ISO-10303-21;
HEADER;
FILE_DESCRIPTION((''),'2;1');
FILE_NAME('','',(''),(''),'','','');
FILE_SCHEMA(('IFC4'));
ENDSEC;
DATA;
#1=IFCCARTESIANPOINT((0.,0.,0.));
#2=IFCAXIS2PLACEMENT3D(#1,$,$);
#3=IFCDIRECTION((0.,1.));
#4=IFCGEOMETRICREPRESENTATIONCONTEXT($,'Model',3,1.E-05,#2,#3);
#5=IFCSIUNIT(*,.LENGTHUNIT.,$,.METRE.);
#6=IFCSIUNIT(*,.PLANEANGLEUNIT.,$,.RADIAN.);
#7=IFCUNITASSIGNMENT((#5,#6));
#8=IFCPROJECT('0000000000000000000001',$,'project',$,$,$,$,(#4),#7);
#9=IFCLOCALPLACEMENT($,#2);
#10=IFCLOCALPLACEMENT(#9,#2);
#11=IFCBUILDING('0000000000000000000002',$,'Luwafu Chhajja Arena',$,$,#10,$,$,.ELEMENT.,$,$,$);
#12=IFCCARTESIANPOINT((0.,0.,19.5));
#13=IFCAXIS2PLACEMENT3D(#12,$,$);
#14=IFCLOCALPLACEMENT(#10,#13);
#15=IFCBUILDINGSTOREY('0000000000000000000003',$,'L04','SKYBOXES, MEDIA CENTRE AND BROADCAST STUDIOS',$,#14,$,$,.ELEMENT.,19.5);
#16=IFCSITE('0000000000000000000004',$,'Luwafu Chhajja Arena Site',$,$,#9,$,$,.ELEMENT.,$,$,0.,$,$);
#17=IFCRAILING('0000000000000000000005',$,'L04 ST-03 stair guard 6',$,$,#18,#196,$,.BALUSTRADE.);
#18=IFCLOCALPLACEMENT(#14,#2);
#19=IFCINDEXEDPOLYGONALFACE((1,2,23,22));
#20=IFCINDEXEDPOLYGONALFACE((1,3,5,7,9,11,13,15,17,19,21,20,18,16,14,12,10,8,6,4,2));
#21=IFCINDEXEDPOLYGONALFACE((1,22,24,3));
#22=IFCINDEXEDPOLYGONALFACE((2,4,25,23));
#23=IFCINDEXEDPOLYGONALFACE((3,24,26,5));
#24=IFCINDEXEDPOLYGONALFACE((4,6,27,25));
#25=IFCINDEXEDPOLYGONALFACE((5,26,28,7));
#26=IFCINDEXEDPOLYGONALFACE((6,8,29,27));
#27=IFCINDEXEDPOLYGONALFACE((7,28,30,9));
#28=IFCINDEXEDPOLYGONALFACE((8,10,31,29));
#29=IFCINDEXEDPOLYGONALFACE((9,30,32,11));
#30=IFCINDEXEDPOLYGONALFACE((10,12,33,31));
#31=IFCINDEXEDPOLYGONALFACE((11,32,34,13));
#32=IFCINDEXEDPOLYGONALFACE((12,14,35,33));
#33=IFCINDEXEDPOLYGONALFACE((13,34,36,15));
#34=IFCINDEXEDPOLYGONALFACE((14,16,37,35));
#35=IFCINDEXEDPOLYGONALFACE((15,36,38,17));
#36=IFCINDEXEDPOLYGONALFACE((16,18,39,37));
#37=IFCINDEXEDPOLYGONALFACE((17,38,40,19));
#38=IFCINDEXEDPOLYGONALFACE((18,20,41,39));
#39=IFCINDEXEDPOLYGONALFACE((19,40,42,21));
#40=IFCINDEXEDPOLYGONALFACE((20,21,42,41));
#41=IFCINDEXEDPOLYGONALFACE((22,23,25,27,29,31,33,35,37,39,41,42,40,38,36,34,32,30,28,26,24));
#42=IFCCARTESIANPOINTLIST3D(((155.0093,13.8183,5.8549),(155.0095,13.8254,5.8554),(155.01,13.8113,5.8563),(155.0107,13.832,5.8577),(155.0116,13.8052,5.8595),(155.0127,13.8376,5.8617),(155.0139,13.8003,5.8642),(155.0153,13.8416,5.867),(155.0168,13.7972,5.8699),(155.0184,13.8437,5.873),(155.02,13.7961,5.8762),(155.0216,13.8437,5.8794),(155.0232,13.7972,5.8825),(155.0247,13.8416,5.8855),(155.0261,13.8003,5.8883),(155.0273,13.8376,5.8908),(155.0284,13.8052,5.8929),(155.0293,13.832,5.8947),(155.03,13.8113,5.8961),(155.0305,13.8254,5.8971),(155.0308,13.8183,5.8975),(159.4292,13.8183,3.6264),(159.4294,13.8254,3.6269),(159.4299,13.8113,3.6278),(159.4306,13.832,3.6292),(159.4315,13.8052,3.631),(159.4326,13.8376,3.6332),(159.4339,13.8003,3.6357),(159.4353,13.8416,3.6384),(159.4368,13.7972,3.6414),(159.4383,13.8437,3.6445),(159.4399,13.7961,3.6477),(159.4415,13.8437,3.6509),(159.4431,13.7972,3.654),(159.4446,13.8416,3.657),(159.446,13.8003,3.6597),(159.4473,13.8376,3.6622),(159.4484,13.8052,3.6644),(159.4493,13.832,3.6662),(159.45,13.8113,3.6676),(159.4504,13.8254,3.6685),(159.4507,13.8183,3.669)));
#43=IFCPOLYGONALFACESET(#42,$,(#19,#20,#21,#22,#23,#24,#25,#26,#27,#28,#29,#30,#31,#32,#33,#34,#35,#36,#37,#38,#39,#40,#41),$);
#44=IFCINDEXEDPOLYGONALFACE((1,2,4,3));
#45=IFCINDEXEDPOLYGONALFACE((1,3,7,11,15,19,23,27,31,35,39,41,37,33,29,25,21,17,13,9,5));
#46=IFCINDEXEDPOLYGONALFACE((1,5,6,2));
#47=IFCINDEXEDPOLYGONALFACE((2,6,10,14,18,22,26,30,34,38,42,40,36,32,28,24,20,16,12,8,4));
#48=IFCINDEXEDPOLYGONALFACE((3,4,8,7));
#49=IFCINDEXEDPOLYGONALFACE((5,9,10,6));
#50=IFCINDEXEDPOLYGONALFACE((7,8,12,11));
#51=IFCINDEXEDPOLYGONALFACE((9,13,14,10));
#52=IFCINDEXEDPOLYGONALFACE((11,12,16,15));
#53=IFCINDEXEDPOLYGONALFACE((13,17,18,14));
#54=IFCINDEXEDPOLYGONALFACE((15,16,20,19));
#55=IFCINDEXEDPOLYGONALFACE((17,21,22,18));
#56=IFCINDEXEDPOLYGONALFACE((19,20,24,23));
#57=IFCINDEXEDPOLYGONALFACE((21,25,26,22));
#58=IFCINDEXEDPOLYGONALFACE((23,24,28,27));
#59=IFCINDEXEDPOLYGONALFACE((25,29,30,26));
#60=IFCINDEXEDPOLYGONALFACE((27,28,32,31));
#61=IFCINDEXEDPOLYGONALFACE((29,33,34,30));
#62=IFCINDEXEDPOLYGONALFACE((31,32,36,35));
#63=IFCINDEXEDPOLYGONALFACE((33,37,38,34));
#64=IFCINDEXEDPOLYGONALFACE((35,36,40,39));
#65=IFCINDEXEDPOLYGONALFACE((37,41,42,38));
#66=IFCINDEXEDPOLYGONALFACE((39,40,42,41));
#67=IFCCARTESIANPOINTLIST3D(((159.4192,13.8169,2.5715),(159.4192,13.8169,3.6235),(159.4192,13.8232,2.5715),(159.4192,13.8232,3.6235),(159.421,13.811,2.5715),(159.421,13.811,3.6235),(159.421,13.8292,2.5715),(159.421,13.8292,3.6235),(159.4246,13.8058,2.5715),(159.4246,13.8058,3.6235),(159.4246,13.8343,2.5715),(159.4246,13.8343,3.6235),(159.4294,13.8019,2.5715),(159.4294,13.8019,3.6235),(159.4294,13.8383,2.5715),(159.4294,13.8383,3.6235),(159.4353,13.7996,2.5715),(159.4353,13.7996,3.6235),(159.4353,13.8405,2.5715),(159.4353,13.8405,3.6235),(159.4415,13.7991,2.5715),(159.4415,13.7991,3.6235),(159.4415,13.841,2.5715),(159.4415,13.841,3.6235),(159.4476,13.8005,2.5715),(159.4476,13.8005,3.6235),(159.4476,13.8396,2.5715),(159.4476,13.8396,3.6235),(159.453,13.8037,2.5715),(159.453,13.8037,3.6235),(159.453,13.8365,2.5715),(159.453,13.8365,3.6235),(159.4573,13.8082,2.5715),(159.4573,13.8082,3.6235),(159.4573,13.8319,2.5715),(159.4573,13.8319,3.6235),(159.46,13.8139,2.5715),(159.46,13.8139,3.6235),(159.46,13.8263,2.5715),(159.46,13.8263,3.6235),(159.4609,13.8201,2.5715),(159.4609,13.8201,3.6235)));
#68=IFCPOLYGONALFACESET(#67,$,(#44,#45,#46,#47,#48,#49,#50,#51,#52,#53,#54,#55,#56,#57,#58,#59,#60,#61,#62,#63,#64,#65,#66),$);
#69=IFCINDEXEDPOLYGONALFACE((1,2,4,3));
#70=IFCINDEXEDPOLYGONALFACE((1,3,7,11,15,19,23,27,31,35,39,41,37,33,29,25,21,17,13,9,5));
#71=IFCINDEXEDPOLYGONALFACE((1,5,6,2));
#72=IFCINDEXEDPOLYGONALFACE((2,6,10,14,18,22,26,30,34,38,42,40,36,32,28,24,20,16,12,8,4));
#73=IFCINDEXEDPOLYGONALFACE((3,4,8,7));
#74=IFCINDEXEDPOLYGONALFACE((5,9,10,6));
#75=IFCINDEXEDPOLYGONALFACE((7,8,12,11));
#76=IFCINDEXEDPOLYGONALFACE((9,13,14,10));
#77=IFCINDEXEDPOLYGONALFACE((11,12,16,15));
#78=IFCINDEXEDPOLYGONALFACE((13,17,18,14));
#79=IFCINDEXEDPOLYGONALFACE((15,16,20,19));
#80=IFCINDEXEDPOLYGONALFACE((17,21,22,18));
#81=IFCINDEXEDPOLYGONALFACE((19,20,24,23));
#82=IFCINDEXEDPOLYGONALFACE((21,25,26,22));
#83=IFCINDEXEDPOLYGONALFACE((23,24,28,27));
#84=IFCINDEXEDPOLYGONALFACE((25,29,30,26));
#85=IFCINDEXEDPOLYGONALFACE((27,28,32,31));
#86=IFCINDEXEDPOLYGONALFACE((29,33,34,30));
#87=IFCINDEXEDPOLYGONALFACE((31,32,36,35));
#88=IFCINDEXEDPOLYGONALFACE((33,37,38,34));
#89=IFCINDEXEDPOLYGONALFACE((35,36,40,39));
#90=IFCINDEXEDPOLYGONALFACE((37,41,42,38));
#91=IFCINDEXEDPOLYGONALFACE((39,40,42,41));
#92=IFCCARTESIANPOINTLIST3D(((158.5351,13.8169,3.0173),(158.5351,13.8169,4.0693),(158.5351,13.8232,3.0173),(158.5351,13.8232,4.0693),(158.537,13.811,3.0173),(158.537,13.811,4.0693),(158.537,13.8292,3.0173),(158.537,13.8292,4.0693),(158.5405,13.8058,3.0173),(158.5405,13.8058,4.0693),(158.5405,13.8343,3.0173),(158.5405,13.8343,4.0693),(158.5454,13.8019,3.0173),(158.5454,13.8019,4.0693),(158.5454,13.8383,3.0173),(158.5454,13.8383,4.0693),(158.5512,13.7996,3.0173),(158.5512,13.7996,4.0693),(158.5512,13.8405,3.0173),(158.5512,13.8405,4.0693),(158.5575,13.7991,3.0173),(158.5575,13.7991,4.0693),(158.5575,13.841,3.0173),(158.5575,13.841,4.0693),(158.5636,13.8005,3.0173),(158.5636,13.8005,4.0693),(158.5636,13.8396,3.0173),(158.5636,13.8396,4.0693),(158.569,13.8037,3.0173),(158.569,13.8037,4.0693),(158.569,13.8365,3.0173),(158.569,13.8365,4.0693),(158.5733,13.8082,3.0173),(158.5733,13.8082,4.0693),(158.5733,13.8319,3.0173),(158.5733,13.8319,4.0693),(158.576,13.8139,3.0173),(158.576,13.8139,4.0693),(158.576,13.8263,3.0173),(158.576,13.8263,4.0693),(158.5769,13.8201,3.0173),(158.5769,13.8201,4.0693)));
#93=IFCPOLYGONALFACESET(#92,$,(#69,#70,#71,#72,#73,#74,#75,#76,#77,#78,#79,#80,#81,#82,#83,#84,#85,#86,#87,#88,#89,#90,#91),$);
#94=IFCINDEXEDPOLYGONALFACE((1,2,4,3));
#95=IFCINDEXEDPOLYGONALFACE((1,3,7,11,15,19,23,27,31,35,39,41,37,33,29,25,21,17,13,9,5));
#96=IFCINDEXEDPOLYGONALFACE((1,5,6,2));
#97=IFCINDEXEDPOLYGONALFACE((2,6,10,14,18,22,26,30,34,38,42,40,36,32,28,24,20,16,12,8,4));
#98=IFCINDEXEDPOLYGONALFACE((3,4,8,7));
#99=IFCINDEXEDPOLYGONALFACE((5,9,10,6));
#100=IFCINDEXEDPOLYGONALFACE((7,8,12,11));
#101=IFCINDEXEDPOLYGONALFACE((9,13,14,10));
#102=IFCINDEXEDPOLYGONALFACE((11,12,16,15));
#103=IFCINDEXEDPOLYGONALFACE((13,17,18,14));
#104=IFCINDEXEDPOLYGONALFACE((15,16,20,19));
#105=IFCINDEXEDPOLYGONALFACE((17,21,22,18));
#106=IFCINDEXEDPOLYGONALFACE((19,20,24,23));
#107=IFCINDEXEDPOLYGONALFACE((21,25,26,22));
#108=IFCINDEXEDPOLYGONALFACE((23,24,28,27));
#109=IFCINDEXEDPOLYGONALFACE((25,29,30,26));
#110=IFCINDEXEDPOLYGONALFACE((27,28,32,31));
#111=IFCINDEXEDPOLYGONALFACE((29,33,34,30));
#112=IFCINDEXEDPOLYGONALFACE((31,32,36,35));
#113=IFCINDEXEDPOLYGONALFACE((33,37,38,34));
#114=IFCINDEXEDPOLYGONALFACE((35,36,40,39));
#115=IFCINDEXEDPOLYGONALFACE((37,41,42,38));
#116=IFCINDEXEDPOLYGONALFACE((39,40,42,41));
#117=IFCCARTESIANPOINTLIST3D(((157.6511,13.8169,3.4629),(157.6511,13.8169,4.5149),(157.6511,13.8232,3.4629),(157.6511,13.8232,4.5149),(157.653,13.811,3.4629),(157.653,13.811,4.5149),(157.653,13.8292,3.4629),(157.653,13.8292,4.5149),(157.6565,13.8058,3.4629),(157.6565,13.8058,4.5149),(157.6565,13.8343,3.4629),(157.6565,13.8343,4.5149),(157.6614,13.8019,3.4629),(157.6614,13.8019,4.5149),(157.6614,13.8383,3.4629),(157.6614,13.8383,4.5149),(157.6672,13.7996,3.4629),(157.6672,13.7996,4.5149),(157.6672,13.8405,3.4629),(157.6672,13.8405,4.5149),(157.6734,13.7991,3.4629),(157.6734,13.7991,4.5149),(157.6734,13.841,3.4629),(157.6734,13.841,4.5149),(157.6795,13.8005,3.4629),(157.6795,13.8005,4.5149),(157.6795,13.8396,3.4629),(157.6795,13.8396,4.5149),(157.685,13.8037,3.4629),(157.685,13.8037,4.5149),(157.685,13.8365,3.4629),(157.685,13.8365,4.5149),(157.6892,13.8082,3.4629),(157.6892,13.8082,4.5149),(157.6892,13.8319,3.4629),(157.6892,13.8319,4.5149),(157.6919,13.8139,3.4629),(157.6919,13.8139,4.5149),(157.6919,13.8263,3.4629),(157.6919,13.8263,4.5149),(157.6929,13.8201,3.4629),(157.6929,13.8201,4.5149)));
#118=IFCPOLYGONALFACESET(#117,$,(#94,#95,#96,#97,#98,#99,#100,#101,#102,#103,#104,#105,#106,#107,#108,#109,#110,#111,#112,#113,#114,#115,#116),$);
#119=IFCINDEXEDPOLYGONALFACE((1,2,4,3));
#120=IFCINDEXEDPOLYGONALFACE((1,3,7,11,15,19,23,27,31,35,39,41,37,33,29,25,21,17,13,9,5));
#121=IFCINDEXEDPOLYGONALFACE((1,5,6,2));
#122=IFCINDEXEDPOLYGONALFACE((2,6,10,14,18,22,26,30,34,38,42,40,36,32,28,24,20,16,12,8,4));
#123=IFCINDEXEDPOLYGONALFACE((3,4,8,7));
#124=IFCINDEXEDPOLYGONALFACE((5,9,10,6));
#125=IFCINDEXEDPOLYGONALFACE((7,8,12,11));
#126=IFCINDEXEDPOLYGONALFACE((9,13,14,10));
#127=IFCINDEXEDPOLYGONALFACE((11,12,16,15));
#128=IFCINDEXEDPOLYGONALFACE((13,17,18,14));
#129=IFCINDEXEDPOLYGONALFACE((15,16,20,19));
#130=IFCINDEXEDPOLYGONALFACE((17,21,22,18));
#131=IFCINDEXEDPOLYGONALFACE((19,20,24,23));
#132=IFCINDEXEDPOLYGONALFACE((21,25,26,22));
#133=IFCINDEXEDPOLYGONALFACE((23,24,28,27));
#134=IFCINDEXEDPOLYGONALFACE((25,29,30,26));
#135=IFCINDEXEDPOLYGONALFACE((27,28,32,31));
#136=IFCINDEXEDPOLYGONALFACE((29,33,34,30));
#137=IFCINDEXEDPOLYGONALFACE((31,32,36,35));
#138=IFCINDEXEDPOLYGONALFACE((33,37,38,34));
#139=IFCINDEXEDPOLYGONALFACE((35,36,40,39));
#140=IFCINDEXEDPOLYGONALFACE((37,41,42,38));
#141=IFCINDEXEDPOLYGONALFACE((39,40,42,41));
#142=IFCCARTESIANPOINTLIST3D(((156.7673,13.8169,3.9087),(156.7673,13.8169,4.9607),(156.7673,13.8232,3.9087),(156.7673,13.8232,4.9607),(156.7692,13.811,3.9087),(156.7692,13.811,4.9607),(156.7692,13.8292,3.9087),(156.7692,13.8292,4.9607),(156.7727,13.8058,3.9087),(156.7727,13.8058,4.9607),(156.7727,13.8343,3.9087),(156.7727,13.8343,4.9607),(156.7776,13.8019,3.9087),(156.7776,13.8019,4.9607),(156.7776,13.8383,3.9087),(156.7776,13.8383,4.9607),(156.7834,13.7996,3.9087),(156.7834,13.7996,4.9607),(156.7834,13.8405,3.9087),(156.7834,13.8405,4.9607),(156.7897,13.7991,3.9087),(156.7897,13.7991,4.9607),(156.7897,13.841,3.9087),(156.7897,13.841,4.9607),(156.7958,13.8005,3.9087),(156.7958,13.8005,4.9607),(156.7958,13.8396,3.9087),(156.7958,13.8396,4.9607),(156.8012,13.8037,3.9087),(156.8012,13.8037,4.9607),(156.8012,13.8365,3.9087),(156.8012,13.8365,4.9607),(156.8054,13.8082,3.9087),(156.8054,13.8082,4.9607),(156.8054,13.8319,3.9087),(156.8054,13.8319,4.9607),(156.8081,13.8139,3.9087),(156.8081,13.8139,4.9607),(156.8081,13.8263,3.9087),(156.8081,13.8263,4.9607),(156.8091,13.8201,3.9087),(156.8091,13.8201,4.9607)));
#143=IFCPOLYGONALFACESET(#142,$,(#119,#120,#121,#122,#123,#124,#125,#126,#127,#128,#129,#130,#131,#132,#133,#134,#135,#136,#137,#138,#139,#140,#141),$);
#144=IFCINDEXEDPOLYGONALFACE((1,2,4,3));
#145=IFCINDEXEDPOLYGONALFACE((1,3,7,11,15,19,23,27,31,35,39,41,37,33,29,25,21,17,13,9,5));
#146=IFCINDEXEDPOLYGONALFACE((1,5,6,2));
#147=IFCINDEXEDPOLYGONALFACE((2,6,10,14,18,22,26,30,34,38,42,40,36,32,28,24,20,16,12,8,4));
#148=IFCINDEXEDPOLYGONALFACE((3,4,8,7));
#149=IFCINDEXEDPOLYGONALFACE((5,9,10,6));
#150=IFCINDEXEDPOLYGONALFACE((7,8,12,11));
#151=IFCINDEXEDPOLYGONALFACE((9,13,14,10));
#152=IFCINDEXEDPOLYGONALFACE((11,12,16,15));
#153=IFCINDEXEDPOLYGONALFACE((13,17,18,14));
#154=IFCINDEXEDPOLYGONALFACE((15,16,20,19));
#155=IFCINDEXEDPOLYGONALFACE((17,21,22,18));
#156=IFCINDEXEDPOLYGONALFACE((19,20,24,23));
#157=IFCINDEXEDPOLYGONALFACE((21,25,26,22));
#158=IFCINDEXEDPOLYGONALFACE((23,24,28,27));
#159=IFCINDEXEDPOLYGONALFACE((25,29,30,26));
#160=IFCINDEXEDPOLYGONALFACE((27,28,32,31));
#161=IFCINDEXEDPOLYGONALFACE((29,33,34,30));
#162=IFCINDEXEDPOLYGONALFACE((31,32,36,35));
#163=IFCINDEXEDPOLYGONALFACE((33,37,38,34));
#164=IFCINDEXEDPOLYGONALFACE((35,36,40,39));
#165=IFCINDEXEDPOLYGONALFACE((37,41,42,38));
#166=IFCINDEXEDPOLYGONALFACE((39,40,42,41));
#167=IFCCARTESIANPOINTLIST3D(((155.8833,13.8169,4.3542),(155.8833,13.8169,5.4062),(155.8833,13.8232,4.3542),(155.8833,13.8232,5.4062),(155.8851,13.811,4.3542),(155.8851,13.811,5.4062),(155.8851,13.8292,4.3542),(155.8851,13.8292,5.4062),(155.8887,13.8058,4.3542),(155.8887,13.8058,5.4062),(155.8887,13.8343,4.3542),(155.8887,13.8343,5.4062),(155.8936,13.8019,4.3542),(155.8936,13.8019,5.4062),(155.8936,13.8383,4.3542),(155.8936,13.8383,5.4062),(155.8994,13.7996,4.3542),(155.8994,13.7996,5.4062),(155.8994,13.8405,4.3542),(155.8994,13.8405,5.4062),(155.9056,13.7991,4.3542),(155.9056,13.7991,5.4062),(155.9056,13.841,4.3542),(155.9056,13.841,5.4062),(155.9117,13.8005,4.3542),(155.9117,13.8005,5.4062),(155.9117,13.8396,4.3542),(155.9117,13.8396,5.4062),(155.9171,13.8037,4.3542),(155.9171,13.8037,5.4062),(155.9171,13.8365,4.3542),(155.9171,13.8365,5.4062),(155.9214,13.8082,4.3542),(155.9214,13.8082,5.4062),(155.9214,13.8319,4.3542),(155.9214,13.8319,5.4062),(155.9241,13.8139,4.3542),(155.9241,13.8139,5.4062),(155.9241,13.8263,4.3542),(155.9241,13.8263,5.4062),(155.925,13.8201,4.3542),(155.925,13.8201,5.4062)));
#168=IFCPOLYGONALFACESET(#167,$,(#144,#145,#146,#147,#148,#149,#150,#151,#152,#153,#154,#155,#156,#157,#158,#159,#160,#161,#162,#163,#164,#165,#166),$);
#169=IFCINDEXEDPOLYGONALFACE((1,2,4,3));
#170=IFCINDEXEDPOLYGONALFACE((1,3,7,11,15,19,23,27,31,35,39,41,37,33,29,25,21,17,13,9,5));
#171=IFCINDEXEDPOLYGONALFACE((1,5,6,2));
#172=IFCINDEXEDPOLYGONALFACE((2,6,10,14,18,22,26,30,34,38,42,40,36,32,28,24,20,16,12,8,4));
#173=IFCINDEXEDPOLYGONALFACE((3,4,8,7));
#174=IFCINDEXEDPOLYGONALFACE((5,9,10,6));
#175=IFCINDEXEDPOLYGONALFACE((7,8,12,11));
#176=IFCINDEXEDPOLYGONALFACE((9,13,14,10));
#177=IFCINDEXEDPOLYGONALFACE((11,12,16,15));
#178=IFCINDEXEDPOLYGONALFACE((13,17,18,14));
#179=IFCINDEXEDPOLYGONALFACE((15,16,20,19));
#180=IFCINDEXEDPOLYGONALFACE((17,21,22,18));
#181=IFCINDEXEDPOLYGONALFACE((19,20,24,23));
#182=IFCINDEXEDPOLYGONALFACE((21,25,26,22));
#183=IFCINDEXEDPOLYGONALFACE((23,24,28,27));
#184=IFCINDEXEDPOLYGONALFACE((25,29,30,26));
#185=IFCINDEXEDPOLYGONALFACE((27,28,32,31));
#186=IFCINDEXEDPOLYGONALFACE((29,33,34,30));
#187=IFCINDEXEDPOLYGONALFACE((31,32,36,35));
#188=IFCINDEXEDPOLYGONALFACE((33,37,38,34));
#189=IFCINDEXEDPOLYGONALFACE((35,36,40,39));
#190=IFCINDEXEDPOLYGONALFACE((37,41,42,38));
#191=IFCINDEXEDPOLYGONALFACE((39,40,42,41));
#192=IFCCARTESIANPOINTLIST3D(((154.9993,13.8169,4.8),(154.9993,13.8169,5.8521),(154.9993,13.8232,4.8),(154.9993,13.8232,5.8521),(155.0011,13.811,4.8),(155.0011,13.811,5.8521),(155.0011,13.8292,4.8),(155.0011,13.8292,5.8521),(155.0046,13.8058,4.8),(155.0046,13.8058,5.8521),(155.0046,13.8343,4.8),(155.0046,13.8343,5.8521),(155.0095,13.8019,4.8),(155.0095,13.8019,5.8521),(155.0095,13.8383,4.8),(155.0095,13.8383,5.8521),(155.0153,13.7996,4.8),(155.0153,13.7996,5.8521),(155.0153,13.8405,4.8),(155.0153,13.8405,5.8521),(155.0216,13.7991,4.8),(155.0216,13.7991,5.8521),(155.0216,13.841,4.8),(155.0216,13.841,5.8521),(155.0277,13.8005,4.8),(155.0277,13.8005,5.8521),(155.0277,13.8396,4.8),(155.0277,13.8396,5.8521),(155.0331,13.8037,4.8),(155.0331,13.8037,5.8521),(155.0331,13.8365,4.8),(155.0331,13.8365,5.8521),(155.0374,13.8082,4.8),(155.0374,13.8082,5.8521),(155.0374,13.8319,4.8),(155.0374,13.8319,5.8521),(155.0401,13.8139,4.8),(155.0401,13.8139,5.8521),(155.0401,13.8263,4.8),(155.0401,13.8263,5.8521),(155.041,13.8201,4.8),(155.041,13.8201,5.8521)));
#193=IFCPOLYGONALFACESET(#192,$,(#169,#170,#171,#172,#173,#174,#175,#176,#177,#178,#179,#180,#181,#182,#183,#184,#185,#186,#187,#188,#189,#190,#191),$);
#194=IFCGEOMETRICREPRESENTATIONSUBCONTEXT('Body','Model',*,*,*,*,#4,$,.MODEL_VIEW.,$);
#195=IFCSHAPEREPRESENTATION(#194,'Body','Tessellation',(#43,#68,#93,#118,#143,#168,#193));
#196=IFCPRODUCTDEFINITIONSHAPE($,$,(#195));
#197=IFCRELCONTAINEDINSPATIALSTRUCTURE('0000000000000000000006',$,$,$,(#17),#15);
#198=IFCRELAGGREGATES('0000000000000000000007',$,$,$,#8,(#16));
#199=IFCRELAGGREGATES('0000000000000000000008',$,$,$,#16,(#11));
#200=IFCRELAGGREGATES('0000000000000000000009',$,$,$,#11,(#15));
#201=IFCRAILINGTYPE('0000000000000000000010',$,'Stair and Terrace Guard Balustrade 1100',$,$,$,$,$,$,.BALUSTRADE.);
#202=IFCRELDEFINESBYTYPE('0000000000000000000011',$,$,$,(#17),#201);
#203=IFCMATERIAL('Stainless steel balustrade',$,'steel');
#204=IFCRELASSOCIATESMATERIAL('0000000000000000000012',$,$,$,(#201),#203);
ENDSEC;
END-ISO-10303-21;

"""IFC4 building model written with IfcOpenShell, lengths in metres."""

from ifc_helpers import new_model, si_unit, direction, frame, origin, origin_2d, place, context, subcontext, project, spatial, circle, extrude, material, type_object, element, save


model = new_model("IFC4")

# Units and contexts
model_context = context("Model", 3, precision=1e-05, world=origin(), true_north=direction((0.0, 1.0)))
body_context = subcontext(model_context, "Body", "Model", "MODEL_VIEW")
ifc_project = project(units=[si_unit("LENGTHUNIT", "METRE"), si_unit("PLANEANGLEUNIT", "RADIAN")], contexts=[model_context])

# Site, building, storey
site_placement = place(None, origin())
site = spatial("IfcSite", under=ifc_project, at=site_placement, Name="Luwafu Chhajja Arena Site", CompositionType="ELEMENT", RefElevation=0.0)
building_placement = place(site_placement, origin())
building = spatial("IfcBuilding", under=site, at=building_placement, Name="Luwafu Chhajja Arena", CompositionType="ELEMENT")
storey_placement = place(building_placement, frame((0.0, 0.0, 19.5)))
storey = spatial("IfcBuildingStorey", under=building, at=storey_placement, Name="L04", Description="SKYBOXES, MEDIA CENTRE AND BROADCAST STUDIOS", CompositionType="ELEMENT", Elevation=19.5)

# Railing
ifc_material_1 = material(Name="Stainless steel balustrade", Category="steel")
railing_type_1 = type_object("IfcRailingType", Name="Stair and Terrace Guard Balustrade 1100", PredefinedType="BALUSTRADE", material=ifc_material_1)
railing_1_placement = place(storey_placement, frame((159.4399, 13.8201, 2.5715)))
element("IfcRailing", 1, at=railing_1_placement, inside=storey, type_object=railing_type_1, Name="L04 ST-03 stair guard 6", PredefinedType="BALUSTRADE", context=body_context, shape_type="SweptSolid", body=[
    extrude(circle(Radius=0.0239, at=origin_2d()), frame((0.0, 0.0, 1.0762), z_axis=(-0.892923, 0.0, 0.45021), x_axis=(0.0, -1.0, 0.0)), (0.0, 0.0, 1.0), 4.95),
    extrude(circle(Radius=0.021, at=origin_2d()), origin(), (0.0, 0.0, 1.0), 1.052),
    extrude(circle(Radius=0.021, at=origin_2d()), frame((-0.884, 0.0, 0.4458)), (0.0, 0.0, 1.0), 1.052),
    extrude(circle(Radius=0.021, at=origin_2d()), frame((-1.7681, 0.0, 0.8914)), (0.0, 0.0, 1.0), 1.052),
    extrude(circle(Radius=0.021, at=origin_2d()), frame((-2.6519, 0.0, 1.3372)), (0.0, 0.0, 1.0), 1.052),
    extrude(circle(Radius=0.021, at=origin_2d()), frame((-3.5359, 0.0, 1.7827)), (0.0, 0.0, 1.0), 1.052),
    extrude(circle(Radius=0.021, at=origin_2d()), frame((-4.4199, 0.0, 2.2285)), (0.0, 0.0, 1.0), 1.052),
])

save(model, "model.ifc")
